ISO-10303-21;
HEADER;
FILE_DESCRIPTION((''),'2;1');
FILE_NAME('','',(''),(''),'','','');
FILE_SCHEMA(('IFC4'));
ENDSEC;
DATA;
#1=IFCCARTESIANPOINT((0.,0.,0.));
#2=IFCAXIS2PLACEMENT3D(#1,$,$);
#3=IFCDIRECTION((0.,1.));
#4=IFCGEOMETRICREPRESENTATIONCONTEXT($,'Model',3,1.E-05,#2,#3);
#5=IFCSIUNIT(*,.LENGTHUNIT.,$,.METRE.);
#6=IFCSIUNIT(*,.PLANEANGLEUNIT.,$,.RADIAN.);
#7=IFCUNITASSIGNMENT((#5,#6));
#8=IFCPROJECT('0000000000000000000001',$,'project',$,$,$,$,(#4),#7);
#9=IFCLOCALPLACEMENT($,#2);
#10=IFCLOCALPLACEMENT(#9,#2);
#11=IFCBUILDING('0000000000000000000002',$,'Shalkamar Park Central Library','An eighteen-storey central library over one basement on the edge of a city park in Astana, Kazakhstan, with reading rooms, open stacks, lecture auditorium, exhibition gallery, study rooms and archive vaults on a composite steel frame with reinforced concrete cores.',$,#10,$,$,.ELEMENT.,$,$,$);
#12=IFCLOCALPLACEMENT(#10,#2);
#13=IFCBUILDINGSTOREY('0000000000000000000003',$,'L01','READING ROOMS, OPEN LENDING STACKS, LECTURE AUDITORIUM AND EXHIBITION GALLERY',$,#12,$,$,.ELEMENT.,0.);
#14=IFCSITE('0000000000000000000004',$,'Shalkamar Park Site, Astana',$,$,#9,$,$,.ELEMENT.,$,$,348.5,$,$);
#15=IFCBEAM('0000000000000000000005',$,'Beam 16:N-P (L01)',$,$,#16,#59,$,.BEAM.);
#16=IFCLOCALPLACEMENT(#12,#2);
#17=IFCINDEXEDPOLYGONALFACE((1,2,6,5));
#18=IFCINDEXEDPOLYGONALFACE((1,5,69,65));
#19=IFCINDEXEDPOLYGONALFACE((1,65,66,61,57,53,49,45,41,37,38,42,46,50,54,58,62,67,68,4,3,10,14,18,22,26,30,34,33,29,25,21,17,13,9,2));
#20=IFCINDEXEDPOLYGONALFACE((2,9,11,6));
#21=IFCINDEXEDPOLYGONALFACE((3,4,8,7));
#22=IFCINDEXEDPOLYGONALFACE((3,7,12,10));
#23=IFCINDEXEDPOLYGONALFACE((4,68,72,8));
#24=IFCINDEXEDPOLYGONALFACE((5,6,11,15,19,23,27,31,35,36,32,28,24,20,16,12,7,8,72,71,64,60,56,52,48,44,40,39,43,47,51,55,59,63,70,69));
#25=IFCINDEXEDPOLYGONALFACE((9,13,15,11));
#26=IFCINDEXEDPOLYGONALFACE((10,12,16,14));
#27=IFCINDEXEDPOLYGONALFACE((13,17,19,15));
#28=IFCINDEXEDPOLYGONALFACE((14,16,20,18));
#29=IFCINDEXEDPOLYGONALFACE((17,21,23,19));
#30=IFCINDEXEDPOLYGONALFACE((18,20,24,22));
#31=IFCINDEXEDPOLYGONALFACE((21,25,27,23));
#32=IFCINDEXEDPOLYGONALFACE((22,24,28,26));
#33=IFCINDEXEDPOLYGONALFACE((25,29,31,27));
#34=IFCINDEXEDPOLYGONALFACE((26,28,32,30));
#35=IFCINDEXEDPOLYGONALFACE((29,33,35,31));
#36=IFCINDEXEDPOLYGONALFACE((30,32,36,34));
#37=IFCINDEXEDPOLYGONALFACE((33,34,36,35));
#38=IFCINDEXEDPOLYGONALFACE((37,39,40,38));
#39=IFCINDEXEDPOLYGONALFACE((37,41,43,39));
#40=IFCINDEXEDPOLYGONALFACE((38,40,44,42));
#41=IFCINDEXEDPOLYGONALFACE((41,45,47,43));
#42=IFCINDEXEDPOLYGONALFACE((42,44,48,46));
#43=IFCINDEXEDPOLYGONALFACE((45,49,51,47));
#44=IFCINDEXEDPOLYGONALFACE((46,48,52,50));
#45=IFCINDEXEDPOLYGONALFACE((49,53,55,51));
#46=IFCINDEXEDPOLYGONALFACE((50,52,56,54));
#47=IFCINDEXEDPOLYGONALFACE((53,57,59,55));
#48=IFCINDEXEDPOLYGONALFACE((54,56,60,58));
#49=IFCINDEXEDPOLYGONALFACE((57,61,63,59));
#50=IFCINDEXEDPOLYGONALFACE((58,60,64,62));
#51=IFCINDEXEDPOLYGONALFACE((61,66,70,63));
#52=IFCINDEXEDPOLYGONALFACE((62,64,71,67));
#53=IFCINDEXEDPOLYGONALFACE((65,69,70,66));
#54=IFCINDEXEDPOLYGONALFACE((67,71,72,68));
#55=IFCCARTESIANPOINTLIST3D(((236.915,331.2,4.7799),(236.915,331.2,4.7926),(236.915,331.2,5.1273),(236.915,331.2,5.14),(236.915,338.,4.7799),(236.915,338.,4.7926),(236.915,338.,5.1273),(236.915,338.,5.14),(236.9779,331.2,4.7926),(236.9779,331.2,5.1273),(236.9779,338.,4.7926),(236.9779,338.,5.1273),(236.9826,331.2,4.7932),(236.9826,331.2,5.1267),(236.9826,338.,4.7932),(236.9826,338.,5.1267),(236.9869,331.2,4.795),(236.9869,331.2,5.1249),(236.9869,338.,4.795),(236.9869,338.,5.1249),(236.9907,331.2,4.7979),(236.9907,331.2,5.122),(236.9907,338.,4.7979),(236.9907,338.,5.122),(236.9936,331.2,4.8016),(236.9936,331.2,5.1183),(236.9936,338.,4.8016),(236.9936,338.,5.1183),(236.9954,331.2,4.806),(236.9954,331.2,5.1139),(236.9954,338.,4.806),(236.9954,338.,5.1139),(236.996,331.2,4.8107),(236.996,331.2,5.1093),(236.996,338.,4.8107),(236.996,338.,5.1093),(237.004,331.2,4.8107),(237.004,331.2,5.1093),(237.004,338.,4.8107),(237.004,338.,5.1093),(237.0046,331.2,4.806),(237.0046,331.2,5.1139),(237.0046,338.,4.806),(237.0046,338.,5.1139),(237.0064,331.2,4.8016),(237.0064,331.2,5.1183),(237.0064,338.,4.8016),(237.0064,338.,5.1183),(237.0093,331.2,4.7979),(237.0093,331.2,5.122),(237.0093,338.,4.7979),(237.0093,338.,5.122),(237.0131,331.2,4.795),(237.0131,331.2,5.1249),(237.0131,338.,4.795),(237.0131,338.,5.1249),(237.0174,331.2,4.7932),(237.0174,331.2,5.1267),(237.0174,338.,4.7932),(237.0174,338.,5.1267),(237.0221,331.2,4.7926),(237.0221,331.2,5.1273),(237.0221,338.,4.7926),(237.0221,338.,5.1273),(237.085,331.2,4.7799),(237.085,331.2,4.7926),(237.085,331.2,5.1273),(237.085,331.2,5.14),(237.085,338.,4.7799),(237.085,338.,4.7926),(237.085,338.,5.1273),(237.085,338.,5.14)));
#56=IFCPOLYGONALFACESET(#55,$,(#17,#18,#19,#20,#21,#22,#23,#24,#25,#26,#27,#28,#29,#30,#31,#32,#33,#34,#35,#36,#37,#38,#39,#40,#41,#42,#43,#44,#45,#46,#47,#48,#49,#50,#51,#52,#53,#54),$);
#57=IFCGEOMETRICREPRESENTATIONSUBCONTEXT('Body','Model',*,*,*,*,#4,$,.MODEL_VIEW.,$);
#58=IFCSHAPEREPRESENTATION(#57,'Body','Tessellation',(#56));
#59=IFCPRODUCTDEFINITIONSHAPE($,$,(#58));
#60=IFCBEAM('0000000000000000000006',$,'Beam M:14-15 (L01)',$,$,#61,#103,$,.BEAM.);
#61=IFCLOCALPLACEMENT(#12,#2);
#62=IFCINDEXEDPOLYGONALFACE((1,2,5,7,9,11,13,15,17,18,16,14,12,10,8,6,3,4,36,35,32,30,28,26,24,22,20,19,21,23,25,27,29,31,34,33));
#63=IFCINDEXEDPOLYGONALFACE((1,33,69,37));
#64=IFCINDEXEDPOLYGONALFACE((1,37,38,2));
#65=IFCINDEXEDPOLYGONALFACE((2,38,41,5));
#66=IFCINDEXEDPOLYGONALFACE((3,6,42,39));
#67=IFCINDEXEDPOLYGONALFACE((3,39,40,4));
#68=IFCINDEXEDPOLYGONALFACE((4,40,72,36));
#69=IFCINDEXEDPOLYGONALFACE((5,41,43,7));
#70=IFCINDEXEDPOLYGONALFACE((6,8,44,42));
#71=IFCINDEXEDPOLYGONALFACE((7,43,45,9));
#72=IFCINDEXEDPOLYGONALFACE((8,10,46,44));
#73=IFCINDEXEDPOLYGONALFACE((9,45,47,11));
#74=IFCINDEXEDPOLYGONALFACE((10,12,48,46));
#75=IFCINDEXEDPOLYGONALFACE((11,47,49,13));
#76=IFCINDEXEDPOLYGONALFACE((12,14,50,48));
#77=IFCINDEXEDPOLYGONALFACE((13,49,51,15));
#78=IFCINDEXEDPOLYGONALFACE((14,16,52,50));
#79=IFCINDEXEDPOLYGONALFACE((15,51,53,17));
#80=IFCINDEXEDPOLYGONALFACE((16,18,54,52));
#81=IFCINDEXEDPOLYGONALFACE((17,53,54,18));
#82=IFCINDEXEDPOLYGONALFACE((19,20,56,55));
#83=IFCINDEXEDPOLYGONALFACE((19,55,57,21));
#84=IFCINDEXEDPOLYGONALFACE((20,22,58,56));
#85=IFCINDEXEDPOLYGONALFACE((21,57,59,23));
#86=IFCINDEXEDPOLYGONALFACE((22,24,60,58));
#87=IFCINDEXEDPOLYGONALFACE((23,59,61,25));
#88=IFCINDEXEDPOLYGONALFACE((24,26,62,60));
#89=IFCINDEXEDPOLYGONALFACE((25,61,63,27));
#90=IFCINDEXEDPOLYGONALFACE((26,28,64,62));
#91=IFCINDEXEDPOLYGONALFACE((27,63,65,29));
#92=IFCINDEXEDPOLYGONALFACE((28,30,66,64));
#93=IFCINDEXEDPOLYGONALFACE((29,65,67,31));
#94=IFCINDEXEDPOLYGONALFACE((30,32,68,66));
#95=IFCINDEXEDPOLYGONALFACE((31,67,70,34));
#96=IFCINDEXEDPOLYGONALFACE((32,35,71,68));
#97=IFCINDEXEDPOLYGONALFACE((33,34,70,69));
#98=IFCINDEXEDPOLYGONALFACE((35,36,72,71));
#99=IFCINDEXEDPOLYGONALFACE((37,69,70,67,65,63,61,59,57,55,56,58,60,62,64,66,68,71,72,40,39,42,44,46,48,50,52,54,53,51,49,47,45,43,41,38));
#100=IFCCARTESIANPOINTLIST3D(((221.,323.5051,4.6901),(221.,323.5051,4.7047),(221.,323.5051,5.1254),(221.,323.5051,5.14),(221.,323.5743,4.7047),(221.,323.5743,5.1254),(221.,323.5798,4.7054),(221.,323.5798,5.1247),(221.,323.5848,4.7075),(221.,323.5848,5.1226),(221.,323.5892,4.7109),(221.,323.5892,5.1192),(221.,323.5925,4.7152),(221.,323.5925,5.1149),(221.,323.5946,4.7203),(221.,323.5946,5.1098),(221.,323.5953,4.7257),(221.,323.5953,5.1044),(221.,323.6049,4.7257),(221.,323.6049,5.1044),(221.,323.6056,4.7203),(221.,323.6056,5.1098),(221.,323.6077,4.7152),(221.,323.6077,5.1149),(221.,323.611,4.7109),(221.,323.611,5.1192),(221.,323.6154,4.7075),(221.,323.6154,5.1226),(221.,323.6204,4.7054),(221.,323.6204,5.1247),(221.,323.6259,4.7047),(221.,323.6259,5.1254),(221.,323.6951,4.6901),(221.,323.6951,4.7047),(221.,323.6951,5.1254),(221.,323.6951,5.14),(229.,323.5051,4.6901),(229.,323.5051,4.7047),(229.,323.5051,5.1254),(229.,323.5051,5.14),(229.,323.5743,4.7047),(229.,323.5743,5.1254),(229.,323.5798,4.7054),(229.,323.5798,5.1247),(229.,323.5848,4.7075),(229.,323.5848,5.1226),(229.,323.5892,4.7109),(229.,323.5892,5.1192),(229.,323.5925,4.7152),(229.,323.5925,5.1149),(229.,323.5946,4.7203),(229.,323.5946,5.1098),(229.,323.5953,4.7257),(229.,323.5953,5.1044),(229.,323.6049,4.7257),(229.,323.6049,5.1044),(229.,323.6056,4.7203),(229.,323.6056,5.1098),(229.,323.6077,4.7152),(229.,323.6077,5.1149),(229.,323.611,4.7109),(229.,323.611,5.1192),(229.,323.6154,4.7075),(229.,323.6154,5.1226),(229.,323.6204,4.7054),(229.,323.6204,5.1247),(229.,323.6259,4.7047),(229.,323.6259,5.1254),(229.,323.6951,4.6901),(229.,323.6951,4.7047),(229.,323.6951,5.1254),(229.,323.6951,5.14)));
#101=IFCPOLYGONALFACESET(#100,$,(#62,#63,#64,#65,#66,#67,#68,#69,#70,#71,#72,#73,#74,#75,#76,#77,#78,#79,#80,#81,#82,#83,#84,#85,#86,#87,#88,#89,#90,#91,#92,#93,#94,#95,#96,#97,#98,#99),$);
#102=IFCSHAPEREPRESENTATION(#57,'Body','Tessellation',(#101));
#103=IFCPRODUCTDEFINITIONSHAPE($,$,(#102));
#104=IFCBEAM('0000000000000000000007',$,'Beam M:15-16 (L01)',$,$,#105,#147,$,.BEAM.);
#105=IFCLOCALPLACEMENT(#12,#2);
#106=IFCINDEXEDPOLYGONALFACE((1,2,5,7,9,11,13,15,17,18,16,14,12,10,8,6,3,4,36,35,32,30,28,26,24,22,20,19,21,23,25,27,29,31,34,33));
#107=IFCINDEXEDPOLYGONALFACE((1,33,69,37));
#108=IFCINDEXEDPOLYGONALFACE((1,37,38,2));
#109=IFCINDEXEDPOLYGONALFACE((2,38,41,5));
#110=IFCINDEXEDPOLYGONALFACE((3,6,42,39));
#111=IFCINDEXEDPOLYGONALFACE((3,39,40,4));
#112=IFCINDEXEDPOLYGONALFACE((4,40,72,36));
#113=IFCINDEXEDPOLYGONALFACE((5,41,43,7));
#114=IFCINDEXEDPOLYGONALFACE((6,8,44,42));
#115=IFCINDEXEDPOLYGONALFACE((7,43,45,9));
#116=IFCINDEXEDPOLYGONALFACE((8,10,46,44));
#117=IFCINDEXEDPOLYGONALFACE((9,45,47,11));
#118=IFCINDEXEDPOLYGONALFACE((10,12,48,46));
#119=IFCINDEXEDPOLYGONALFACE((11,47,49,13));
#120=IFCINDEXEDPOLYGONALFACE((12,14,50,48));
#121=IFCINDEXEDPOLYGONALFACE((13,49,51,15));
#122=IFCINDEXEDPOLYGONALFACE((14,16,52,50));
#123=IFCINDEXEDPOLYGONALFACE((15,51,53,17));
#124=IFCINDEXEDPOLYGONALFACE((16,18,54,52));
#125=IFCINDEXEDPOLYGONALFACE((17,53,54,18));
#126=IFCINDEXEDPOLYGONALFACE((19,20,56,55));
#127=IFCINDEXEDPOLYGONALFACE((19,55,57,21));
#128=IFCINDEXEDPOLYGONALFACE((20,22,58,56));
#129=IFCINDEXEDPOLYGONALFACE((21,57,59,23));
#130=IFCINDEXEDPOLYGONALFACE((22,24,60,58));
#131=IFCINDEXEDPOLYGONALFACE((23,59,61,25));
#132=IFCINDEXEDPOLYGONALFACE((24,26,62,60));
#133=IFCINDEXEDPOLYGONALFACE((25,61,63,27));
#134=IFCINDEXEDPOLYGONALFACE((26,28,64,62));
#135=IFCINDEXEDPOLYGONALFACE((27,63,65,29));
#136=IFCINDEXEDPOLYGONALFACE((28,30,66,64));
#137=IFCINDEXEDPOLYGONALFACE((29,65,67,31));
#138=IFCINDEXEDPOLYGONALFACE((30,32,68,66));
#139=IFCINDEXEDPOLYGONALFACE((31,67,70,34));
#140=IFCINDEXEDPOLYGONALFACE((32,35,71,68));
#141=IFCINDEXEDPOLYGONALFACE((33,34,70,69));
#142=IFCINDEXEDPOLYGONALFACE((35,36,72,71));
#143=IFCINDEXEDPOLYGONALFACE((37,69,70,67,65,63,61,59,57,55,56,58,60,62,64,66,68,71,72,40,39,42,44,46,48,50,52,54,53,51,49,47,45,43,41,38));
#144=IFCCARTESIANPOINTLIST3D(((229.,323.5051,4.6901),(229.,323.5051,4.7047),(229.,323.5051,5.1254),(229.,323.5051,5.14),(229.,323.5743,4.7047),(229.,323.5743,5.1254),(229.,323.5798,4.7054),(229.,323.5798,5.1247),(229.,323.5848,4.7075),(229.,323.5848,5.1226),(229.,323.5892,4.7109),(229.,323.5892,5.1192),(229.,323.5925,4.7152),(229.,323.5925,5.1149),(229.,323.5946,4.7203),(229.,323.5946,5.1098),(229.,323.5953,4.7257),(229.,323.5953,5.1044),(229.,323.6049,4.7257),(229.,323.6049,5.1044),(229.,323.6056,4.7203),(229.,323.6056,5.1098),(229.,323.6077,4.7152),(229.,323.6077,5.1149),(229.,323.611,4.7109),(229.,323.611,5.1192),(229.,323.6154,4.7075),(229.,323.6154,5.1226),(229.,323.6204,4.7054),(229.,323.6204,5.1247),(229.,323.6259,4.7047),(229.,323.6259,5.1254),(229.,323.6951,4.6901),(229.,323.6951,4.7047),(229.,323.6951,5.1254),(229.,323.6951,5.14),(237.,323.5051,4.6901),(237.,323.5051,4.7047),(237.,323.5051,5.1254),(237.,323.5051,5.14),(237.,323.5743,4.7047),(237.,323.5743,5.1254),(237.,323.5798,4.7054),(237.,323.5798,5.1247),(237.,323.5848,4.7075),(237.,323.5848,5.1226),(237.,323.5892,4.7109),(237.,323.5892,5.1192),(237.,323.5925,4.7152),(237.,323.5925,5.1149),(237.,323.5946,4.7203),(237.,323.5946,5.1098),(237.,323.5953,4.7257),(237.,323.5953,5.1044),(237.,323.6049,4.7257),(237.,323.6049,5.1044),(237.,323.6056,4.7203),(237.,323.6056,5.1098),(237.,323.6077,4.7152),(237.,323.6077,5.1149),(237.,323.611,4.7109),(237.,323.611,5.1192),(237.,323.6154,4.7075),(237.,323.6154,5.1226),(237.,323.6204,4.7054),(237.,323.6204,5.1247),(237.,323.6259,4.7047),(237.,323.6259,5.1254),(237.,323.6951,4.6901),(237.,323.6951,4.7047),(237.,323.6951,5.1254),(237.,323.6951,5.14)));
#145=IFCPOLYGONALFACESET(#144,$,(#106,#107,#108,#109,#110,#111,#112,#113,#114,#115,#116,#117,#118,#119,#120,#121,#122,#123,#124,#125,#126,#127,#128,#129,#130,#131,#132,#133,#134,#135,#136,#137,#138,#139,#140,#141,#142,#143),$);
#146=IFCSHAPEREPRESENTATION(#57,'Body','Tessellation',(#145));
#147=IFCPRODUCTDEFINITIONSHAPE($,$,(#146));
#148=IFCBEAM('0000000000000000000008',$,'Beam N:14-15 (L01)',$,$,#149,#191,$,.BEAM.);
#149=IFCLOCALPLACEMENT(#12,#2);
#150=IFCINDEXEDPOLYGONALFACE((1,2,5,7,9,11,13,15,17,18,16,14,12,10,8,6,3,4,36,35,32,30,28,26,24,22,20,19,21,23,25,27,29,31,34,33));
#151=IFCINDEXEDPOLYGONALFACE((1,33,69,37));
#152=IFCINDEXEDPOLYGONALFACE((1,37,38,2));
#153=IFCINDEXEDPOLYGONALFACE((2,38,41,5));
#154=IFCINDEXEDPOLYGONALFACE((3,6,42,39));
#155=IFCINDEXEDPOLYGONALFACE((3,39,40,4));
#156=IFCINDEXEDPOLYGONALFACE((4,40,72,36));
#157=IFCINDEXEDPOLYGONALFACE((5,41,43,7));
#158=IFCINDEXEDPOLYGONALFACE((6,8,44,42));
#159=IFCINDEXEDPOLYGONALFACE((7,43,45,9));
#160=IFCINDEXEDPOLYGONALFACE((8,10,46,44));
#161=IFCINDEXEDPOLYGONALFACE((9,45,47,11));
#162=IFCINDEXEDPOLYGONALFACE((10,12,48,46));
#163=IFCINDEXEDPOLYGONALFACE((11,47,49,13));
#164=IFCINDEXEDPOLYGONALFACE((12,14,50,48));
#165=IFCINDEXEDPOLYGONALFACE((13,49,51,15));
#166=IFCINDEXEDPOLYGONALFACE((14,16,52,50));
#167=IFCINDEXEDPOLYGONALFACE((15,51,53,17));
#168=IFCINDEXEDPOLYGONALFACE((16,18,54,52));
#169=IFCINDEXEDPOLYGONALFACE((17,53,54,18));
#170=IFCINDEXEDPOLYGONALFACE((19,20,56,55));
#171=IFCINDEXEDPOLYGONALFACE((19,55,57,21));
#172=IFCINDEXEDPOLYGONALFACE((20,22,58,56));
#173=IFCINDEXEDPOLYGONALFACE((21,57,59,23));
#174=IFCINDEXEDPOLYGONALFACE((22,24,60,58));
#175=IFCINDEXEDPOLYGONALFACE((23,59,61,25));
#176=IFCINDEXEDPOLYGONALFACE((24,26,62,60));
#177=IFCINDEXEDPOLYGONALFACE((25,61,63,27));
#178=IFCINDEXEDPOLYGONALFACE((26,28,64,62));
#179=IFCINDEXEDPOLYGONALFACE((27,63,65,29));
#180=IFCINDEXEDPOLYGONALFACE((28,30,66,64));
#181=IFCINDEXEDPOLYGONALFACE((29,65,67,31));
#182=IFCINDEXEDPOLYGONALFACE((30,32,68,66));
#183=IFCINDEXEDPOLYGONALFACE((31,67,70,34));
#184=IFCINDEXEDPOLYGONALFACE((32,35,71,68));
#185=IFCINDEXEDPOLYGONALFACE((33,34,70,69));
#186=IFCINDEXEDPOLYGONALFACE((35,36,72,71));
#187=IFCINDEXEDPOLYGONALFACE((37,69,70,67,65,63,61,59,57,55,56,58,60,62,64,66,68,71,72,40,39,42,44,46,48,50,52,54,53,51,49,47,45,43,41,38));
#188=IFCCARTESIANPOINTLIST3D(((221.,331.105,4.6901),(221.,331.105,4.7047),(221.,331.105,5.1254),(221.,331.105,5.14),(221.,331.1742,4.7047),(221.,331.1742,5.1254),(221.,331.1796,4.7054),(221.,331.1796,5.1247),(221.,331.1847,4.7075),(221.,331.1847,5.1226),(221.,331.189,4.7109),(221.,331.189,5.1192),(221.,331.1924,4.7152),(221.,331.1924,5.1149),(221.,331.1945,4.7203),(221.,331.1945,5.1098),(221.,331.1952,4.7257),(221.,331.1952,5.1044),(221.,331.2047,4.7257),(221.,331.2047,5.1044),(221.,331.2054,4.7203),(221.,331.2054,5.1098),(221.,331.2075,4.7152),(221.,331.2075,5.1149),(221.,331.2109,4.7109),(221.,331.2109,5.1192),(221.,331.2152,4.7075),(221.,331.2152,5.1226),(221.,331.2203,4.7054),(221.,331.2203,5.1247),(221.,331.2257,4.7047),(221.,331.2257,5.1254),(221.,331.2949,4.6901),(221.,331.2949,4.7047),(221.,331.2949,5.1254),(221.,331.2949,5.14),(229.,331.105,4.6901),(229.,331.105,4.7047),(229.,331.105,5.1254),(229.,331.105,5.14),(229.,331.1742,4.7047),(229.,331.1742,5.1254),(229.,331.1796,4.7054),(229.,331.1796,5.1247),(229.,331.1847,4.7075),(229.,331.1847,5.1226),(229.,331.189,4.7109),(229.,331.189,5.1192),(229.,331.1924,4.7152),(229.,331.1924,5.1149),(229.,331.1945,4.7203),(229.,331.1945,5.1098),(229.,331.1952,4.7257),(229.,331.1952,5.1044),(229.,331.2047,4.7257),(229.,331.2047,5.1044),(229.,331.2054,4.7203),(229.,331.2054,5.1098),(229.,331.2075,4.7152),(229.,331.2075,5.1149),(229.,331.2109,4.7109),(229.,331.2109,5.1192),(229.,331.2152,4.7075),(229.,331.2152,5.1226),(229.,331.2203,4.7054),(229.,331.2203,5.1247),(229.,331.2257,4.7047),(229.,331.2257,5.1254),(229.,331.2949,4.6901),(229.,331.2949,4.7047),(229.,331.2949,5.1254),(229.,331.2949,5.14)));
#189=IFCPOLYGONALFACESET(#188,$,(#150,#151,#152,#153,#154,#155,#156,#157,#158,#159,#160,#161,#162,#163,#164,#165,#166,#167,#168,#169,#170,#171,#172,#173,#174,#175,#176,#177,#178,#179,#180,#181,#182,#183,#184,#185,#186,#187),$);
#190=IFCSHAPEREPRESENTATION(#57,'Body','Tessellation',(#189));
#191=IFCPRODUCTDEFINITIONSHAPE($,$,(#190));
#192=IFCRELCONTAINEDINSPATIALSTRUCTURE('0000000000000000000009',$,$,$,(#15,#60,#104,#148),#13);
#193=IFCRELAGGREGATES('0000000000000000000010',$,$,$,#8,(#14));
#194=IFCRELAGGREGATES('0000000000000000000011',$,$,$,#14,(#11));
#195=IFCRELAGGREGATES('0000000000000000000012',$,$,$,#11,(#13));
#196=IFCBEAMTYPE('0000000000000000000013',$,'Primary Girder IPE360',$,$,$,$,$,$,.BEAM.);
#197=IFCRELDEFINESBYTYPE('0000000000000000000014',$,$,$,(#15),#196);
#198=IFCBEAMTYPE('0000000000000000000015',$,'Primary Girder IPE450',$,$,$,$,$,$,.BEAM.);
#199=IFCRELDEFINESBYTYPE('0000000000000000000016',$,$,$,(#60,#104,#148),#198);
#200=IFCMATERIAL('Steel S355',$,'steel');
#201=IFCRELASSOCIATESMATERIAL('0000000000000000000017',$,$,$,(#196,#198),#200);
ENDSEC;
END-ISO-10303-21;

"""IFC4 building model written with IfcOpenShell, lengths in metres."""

from ifc_helpers import new_model, si_unit, direction, frame, origin, origin_2d, place, context, subcontext, project, spatial, i_section, extrude, material, material_profile, profile_set, type_object, element, save


model = new_model("IFC4")

# Units and contexts
model_context = context("Model", 3, precision=1e-05, world=origin(), true_north=direction((0.0, 1.0)))
body_context = subcontext(model_context, "Body", "Model", "MODEL_VIEW")
ifc_project = project(units=[si_unit("LENGTHUNIT", "METRE"), si_unit("PLANEANGLEUNIT", "RADIAN")], contexts=[model_context])

# Site, building, storey
site_placement = place(None, origin())
site = spatial("IfcSite", under=ifc_project, at=site_placement, Name="Shalkamar Park Site, Astana", CompositionType="ELEMENT", RefElevation=348.5)
building_placement = place(site_placement, origin())
building = spatial("IfcBuilding", under=site, at=building_placement, Name="Shalkamar Park Central Library", Description="An eighteen-storey central library over one basement on the edge of a city park in Astana, Kazakhstan, with reading rooms, open stacks, lecture auditorium, exhibition gallery, study rooms and archive vaults on a composite steel frame with reinforced concrete cores.", CompositionType="ELEMENT")
storey_placement = place(building_placement, origin())
storey = spatial("IfcBuildingStorey", under=building, at=storey_placement, Name="L01", Description="READING ROOMS, OPEN LENDING STACKS, LECTURE AUDITORIUM AND EXHIBITION GALLERY", CompositionType="ELEMENT", Elevation=0.0)

# Shared definitions
ifc_material = material(Name="Steel S355", Category="steel")

# Beams
ifc_material_profile_1 = material_profile(ifc_material, i_section(OverallWidth=0.1699, OverallDepth=0.3601, WebThickness=0.0081, FlangeThickness=0.0127, FilletRadius=0.0181, at=origin_2d()), Name="IPE 360")
ifc_profile_set_1 = profile_set([ifc_material_profile_1], Name="Steel S355")
beam_type_1 = type_object("IfcBeamType", Name="Primary Girder IPE360", PredefinedType="BEAM", material=ifc_profile_set_1)
beam_1_placement = place(storey_placement, frame((237.0, 331.2, 4.96), z_axis=(0.0, 1.0, 0.0), x_axis=(-1.0, 0.0, 0.0)))
element("IfcBeam", 1, at=beam_1_placement, inside=storey, type_object=beam_type_1, Name="Beam 16:N-P (L01)", PredefinedType="BEAM", context=body_context, shape_type="SweptSolid", body=[
    extrude(i_section(OverallWidth=0.1699, OverallDepth=0.3601, WebThickness=0.0081, FlangeThickness=0.0127, FilletRadius=0.0181, at=origin_2d()), origin(), (0.0, 0.0, 1.0), 6.8),
])
ifc_material_profile_2 = material_profile(ifc_material, i_section(OverallWidth=0.1899, OverallDepth=0.45, WebThickness=0.0095, FlangeThickness=0.0146, FilletRadius=0.021, at=origin_2d()), Name="IPE 450")
ifc_profile_set_2 = profile_set([ifc_material_profile_2], Name="Steel S355")
beam_type_2 = type_object("IfcBeamType", Name="Primary Girder IPE450", PredefinedType="BEAM", material=ifc_profile_set_2)
for number, where, z_axis, x_axis, name in (
    (2, (221.0, 323.6001, 4.915), (1.0, 0.0, 0.0), (0.0, 1.0, 0.0), "Beam M:14-15 (L01)"),
    (3, (229.0, 323.6001, 4.915), (1.0, 0.0, 0.0), (0.0, 1.0, 0.0), "Beam M:15-16 (L01)"),
    (4, (221.0, 331.2, 4.915), (1.0, 0.0, 0.0), (0.0, 1.0, 0.0), "Beam N:14-15 (L01)"),
):
    element("IfcBeam", number, at=place(storey_placement, frame(where, z_axis=z_axis, x_axis=x_axis)), inside=storey, type_object=beam_type_2, Name=name, PredefinedType="BEAM", context=body_context, shape_type="SweptSolid", body=[
        extrude(i_section(OverallWidth=0.1899, OverallDepth=0.45, WebThickness=0.0095, FlangeThickness=0.0146, FilletRadius=0.021, at=origin_2d()), origin(), (0.0, 0.0, 1.0), 8.0),
    ])

save(model, "model.ifc")
